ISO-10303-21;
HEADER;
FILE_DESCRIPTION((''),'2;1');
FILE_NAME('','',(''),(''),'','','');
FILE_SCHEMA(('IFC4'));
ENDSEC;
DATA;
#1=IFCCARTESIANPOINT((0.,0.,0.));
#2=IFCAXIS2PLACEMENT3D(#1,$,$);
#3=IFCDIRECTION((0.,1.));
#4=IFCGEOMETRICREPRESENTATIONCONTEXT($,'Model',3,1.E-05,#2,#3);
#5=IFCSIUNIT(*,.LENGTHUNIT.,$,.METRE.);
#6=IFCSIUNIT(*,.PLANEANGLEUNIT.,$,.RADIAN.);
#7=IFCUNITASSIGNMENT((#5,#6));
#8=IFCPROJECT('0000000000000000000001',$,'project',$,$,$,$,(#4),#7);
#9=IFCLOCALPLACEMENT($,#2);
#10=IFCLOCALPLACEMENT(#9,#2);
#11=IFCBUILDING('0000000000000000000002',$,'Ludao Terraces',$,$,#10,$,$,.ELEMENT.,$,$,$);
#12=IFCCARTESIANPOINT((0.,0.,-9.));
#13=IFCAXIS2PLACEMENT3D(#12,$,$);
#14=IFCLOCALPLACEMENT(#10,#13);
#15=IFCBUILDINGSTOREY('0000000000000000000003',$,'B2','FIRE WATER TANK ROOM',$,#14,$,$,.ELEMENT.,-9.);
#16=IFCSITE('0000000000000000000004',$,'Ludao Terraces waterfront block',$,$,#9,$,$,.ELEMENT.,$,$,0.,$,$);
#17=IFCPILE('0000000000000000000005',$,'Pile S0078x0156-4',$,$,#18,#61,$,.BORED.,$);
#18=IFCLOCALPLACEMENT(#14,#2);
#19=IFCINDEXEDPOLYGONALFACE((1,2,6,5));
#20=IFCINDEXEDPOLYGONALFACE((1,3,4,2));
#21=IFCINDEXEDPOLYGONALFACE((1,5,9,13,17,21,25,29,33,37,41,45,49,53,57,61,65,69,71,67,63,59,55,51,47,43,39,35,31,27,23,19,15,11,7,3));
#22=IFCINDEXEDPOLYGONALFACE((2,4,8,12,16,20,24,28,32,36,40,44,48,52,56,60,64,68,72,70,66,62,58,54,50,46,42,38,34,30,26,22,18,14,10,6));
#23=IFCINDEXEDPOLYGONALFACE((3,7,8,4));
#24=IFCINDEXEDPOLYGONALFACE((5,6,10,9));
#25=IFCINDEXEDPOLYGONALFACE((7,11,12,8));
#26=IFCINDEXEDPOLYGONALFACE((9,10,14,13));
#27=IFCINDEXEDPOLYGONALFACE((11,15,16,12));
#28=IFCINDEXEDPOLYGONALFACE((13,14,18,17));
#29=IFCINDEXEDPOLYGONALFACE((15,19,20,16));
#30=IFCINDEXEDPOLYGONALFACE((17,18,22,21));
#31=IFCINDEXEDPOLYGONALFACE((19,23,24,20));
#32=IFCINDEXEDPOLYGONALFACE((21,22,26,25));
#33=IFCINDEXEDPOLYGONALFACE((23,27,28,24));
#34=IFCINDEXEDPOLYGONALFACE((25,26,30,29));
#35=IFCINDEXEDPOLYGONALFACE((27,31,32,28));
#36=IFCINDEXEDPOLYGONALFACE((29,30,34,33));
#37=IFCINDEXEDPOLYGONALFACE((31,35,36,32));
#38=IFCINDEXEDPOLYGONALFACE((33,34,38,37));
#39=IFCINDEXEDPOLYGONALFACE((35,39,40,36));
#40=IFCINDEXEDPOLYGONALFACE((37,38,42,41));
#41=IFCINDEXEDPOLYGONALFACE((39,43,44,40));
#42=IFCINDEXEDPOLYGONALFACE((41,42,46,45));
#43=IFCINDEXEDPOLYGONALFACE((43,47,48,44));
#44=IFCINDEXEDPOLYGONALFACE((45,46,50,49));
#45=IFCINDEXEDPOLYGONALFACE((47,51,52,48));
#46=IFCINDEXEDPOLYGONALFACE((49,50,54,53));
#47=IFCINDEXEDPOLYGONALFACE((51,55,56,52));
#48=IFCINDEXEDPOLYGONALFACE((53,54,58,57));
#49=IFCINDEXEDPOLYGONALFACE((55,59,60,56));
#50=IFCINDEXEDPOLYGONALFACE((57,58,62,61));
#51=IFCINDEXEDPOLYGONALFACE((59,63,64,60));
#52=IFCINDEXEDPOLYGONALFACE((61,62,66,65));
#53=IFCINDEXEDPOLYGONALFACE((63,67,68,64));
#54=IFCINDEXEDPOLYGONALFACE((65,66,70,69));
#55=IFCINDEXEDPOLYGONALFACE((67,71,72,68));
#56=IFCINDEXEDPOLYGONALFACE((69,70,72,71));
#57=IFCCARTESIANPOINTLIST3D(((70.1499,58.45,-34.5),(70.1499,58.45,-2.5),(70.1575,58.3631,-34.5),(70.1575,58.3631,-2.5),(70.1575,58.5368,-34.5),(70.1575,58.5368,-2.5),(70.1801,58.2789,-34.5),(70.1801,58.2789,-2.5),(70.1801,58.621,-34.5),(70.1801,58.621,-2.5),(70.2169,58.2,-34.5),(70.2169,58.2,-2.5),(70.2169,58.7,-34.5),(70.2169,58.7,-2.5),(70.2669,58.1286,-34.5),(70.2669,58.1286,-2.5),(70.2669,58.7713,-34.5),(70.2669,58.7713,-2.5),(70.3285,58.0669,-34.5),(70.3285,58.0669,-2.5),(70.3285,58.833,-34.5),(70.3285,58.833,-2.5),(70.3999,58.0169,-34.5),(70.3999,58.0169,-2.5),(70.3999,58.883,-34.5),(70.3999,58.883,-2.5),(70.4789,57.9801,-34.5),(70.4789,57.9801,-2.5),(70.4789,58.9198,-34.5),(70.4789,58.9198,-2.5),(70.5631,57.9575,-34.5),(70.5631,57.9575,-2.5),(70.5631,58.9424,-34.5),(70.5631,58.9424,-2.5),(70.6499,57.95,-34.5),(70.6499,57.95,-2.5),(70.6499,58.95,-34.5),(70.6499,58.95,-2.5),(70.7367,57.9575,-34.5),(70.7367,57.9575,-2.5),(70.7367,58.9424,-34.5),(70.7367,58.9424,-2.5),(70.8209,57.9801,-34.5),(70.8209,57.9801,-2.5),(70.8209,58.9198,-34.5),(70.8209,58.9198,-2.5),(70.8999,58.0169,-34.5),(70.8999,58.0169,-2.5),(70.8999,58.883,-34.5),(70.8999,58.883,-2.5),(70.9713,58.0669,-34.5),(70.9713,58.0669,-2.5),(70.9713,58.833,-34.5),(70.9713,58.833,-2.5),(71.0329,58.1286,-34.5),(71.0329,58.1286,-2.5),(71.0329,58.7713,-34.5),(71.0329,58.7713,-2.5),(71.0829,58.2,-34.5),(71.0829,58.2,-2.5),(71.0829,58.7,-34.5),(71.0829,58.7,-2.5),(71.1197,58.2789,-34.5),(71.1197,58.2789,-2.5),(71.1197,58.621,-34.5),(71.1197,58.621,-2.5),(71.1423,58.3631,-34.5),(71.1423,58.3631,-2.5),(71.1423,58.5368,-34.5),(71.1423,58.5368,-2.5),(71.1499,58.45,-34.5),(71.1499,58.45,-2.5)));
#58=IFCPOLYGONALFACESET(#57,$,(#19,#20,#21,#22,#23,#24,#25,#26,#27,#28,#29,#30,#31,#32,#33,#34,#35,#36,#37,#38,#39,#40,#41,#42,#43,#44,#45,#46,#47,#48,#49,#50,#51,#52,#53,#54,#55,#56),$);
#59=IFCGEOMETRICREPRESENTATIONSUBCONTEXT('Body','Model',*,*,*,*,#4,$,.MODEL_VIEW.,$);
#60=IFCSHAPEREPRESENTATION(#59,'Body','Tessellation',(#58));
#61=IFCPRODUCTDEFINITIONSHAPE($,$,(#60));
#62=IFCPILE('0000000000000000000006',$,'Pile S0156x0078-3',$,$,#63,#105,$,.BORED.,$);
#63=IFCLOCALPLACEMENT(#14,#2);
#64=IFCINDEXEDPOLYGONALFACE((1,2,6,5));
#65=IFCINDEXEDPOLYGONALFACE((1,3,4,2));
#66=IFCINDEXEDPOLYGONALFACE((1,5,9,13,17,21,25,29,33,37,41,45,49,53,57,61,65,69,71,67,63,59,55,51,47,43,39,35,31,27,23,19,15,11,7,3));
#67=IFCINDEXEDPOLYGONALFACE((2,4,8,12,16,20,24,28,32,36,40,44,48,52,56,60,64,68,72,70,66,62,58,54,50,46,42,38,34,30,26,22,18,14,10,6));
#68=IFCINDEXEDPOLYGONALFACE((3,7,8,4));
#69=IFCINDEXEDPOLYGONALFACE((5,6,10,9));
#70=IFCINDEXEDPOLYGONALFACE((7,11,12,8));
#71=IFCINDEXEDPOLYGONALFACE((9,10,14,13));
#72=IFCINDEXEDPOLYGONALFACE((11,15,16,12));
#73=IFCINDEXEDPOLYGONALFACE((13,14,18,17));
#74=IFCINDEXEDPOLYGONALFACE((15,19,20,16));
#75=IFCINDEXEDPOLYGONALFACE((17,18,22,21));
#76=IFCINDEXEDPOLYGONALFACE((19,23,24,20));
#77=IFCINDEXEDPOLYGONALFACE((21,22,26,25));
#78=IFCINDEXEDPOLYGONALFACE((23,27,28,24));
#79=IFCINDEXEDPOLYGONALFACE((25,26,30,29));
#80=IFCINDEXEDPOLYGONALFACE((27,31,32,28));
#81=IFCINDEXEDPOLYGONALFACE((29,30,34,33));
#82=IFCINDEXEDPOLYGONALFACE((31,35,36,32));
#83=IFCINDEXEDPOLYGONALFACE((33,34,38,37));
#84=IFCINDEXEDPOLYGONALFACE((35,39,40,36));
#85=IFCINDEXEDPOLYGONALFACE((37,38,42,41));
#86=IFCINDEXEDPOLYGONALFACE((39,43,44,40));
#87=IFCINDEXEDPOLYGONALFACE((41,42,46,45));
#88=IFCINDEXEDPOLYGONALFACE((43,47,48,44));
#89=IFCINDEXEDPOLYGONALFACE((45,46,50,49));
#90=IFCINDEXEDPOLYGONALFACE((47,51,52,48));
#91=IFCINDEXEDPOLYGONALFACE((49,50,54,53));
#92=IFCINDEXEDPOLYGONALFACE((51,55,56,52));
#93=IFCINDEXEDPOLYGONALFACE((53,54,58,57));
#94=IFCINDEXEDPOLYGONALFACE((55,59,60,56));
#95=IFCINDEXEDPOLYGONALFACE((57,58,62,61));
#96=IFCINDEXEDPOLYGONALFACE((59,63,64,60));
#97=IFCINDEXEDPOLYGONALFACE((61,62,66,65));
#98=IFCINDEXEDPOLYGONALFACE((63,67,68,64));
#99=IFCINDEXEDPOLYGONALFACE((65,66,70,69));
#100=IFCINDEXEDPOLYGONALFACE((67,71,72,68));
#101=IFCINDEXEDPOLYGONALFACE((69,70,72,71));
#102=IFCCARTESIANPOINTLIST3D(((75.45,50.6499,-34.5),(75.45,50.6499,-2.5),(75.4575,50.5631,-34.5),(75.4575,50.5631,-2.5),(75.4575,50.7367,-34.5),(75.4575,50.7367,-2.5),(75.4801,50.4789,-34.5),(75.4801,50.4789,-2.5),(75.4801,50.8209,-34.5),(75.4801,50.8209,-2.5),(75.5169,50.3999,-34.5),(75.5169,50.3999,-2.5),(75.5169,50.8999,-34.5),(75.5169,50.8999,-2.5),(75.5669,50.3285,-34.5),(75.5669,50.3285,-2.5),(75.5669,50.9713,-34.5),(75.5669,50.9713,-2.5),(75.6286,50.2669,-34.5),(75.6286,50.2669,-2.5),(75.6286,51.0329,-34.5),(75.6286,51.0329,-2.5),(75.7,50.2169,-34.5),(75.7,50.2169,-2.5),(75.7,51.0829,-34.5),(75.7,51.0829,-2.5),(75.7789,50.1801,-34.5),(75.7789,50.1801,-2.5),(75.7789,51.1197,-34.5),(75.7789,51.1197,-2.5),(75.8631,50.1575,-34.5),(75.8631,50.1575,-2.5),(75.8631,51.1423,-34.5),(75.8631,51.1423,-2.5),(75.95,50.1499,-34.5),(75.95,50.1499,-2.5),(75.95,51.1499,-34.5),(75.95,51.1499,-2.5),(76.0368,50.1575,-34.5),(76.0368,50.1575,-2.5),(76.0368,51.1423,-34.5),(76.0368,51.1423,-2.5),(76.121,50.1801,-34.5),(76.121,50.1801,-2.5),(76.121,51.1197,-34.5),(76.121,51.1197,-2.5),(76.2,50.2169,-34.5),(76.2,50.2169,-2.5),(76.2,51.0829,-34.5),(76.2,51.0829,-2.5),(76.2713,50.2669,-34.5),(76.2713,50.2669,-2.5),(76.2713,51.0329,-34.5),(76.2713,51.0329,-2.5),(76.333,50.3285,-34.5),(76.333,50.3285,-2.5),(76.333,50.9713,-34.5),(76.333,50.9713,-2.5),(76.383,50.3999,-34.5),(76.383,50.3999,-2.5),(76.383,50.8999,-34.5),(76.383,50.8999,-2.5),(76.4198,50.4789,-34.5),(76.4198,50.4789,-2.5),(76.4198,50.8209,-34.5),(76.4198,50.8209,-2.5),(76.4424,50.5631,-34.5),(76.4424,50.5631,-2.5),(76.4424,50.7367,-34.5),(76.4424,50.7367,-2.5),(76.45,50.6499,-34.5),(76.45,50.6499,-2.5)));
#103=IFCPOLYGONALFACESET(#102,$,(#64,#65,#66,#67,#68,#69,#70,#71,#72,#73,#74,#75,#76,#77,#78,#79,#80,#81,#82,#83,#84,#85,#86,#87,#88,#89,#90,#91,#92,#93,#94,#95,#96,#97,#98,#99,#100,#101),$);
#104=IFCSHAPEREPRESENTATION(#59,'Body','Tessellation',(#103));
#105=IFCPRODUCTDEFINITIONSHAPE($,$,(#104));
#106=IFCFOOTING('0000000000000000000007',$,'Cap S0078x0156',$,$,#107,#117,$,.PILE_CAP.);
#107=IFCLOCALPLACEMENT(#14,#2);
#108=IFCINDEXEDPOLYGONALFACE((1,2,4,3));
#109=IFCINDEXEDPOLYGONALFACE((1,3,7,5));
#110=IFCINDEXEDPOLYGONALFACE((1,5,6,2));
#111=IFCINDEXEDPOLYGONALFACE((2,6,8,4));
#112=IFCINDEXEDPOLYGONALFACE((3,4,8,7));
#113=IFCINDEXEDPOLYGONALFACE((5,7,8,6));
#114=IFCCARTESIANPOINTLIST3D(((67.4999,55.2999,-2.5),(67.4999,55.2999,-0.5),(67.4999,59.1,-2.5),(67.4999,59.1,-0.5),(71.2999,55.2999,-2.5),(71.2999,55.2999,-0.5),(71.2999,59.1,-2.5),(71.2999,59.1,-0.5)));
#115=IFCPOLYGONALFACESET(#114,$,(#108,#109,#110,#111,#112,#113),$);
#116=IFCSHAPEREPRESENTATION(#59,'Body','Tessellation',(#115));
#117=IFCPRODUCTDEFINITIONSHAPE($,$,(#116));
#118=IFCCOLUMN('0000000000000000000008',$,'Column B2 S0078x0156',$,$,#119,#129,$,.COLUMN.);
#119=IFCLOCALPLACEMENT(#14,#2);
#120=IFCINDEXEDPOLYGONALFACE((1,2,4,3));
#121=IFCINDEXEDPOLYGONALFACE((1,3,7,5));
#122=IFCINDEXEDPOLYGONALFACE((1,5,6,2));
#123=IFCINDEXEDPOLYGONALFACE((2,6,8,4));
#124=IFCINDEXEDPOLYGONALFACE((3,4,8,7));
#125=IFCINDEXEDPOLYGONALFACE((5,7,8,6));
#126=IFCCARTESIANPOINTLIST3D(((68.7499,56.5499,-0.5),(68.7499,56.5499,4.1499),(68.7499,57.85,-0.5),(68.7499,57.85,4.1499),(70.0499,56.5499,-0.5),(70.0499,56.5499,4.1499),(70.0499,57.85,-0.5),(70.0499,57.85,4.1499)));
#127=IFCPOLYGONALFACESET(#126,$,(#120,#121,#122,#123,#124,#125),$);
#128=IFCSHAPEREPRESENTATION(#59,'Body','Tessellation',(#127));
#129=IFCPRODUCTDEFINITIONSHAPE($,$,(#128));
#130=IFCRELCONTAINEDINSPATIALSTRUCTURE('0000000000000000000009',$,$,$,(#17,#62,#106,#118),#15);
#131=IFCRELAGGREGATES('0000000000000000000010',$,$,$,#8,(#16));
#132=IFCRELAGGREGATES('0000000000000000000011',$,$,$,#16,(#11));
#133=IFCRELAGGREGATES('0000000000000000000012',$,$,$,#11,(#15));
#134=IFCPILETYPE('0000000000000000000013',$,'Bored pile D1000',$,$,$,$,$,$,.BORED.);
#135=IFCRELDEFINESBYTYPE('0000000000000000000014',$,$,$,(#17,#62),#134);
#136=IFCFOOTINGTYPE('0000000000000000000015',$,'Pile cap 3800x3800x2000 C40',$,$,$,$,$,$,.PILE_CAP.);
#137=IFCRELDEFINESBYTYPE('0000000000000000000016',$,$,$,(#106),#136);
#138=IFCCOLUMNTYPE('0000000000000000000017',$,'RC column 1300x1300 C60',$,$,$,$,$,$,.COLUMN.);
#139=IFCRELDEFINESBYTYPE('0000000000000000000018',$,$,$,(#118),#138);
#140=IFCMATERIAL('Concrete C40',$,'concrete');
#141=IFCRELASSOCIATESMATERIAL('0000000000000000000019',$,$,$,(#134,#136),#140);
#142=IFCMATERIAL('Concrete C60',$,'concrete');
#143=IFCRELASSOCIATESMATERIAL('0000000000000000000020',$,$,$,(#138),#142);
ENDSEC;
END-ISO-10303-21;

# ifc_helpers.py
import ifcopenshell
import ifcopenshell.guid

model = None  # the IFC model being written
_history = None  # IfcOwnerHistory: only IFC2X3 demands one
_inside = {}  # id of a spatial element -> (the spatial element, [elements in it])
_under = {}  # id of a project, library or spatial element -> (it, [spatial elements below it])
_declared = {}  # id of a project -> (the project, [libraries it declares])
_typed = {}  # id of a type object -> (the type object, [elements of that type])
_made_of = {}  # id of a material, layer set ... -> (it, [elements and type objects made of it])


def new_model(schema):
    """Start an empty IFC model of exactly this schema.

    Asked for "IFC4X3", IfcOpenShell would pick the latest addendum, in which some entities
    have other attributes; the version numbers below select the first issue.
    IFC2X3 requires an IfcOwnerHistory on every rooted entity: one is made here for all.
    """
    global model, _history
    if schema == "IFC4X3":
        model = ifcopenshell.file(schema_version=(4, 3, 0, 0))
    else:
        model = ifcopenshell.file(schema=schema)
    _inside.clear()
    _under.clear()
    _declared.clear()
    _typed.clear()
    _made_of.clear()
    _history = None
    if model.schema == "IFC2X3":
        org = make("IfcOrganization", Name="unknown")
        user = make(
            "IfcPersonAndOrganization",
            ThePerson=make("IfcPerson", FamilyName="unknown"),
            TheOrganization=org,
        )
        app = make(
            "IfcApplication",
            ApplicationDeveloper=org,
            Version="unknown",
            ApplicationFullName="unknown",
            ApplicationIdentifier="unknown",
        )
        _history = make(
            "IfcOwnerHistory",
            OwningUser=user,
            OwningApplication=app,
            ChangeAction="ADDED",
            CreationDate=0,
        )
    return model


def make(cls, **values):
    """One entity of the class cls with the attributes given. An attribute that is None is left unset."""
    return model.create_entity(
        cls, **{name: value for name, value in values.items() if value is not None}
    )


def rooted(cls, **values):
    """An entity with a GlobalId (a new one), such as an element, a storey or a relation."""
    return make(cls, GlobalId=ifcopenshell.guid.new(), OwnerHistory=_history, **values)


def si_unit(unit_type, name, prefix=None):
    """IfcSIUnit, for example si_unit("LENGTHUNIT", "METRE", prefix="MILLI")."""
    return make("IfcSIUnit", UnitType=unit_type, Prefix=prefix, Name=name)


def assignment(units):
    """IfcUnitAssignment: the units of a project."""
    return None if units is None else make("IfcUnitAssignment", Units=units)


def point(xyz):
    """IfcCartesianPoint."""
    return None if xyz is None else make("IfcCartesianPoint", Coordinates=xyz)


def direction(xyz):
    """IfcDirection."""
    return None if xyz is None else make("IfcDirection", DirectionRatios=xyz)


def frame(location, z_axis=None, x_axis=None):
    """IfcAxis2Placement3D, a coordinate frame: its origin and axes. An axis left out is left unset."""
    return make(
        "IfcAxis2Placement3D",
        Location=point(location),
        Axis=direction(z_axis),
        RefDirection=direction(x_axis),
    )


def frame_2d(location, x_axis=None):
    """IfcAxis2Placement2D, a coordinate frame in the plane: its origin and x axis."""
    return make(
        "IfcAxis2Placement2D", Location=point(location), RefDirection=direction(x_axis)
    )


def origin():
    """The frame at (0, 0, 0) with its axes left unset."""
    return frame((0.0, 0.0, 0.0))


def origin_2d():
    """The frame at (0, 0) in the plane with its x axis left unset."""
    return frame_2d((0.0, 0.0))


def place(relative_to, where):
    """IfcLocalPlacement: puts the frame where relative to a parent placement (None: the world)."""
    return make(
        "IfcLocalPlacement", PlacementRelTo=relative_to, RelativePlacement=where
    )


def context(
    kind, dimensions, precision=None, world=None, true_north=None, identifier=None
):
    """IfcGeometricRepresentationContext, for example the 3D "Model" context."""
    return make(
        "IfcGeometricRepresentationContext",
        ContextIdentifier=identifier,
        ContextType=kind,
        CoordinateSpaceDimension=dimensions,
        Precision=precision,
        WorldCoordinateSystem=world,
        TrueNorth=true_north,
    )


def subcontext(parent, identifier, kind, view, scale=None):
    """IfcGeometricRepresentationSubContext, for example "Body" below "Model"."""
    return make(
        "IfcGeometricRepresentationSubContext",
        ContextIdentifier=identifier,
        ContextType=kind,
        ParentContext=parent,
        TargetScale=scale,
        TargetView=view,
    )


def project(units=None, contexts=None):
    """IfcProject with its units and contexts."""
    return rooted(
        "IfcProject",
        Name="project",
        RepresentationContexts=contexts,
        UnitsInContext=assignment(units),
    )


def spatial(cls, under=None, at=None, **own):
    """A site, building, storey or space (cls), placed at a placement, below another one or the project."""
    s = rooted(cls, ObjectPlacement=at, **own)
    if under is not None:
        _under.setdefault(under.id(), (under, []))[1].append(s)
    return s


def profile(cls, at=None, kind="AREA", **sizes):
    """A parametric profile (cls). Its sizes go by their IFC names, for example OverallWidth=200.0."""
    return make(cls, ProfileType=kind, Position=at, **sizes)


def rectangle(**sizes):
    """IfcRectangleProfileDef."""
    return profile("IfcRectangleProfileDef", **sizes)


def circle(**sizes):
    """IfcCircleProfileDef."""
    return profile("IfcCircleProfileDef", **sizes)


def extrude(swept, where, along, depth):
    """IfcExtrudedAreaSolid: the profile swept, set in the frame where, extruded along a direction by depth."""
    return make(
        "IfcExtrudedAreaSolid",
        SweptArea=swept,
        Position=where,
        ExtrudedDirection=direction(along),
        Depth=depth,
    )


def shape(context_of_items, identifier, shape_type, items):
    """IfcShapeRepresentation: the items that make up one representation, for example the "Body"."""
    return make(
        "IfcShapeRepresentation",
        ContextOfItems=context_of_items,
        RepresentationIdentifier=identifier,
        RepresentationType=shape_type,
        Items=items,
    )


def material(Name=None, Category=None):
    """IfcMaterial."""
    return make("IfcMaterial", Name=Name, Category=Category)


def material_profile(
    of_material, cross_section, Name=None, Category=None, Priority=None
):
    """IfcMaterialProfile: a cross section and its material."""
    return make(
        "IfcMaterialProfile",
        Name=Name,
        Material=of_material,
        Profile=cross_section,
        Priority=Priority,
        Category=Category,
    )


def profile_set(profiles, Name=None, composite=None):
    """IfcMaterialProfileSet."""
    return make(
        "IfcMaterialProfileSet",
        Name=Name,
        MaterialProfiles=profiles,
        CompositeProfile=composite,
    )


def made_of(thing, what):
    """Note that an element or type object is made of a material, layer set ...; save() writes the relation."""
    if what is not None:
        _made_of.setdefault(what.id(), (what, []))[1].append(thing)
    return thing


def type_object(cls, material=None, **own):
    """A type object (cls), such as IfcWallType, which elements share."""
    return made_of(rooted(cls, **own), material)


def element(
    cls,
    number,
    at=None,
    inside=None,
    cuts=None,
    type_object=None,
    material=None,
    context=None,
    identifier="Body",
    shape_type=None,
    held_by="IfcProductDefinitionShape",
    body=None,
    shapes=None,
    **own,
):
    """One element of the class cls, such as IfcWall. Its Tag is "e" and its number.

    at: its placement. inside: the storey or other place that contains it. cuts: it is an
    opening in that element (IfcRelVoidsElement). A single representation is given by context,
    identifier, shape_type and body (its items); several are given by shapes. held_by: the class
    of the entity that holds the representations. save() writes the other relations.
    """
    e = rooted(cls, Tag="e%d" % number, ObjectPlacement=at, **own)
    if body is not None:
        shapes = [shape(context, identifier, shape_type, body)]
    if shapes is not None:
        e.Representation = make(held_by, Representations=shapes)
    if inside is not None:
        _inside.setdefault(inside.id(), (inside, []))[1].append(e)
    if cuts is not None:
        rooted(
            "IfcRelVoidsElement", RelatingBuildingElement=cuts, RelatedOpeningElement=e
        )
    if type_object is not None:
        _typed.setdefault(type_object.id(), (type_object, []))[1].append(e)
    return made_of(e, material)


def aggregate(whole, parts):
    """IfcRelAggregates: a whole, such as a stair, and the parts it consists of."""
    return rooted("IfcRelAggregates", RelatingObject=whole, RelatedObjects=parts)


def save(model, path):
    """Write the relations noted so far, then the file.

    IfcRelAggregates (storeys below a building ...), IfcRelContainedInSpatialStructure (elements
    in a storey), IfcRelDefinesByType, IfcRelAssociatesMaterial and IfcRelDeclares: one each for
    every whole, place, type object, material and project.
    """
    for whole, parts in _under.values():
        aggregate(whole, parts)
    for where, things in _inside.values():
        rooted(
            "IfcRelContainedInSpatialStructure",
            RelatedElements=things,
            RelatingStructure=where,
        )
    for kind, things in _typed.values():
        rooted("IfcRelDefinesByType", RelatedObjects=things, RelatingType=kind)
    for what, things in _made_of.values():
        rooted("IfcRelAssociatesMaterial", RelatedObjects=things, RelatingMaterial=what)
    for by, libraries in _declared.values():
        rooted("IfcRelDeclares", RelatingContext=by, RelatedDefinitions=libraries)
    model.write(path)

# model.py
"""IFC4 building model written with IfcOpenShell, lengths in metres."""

from ifc_helpers import new_model, si_unit, direction, frame, origin, origin_2d, place, context, subcontext, project, spatial, rectangle, circle, extrude, material, material_profile, profile_set, type_object, element, save


model = new_model("IFC4")

# Units and contexts
model_context = context("Model", 3, precision=1e-05, world=origin(), true_north=direction((0.0, 1.0)))
body_context = subcontext(model_context, "Body", "Model", "MODEL_VIEW")
ifc_project = project(units=[si_unit("LENGTHUNIT", "METRE"), si_unit("PLANEANGLEUNIT", "RADIAN")], contexts=[model_context])

# Site, building, storey
site_placement = place(None, origin())
site = spatial("IfcSite", under=ifc_project, at=site_placement, Name="Ludao Terraces waterfront block", CompositionType="ELEMENT", RefElevation=0.0)
building_placement = place(site_placement, origin())
building = spatial("IfcBuilding", under=site, at=building_placement, Name="Ludao Terraces", CompositionType="ELEMENT")
storey_placement = place(building_placement, frame((0.0, 0.0, -9.0)))
storey = spatial("IfcBuildingStorey", under=building, at=storey_placement, Name="B2", Description="FIRE WATER TANK ROOM", CompositionType="ELEMENT", Elevation=-9.0)

# Piles
ifc_material_1 = material(Name="Concrete C40", Category="concrete")
ifc_material_profile_1 = material_profile(ifc_material_1, circle(Radius=0.5, at=origin_2d()), Name="D1000 BORED PILE")
ifc_profile_set_1 = profile_set([ifc_material_profile_1], Name="Concrete C40")
pile_type = type_object("IfcPileType", Name="Bored pile D1000", PredefinedType="BORED", material=ifc_profile_set_1)
for number, where, z_axis, x_axis, name in (
    (1, (70.6499, 58.45, -2.5), (0.0, 0.0, -1.0), (1.0, 0.0, 0.0), "Pile S0078x0156-4"),
    (2, (75.95, 50.6499, -2.5), (0.0, 0.0, -1.0), (1.0, 0.0, 0.0), "Pile S0156x0078-3"),
):
    element("IfcPile", number, at=place(storey_placement, frame(where, z_axis=z_axis, x_axis=x_axis)), inside=storey, type_object=pile_type, Name=name, PredefinedType="BORED", context=body_context, shape_type="SweptSolid", body=[
        extrude(circle(Radius=0.5, at=origin_2d()), origin(), (0.0, 0.0, 1.0), 32.0),
    ])

# Footing
footing_type = type_object("IfcFootingType", Name="Pile cap 3800x3800x2000 C40", PredefinedType="PILE_CAP", material=ifc_material_1)
footing_placement = place(storey_placement, frame((69.3999, 57.2, -2.5), z_axis=(0.0, 0.0, 1.0), x_axis=(1.0, 0.0, 0.0)))
element("IfcFooting", 3, at=footing_placement, inside=storey, type_object=footing_type, Name="Cap S0078x0156", PredefinedType="PILE_CAP", context=body_context, shape_type="SweptSolid", body=[
    extrude(rectangle(XDim=3.8, YDim=3.8, at=origin_2d()), origin(), (0.0, 0.0, 1.0), 2.0),
])

# Column
ifc_material_2 = material(Name="Concrete C60", Category="concrete")
ifc_material_profile_2 = material_profile(ifc_material_2, rectangle(XDim=1.3, YDim=1.3, at=origin_2d()), Name="1300 X 1300")
ifc_profile_set_2 = profile_set([ifc_material_profile_2], Name="Concrete C60")
column_type = type_object("IfcColumnType", Name="RC column 1300x1300 C60", PredefinedType="COLUMN", material=ifc_profile_set_2)
column_placement = place(storey_placement, frame((69.3999, 57.2, -0.5), z_axis=(0.0, 0.0, 1.0), x_axis=(1.0, 0.0, 0.0)))
element("IfcColumn", 4, at=column_placement, inside=storey, type_object=column_type, Name="Column B2 S0078x0156", PredefinedType="COLUMN", context=body_context, shape_type="SweptSolid", body=[
    extrude(rectangle(XDim=1.3, YDim=1.3, at=origin_2d()), origin(), (0.0, 0.0, 1.0), 4.6499),
])

save(model, "model.ifc")
